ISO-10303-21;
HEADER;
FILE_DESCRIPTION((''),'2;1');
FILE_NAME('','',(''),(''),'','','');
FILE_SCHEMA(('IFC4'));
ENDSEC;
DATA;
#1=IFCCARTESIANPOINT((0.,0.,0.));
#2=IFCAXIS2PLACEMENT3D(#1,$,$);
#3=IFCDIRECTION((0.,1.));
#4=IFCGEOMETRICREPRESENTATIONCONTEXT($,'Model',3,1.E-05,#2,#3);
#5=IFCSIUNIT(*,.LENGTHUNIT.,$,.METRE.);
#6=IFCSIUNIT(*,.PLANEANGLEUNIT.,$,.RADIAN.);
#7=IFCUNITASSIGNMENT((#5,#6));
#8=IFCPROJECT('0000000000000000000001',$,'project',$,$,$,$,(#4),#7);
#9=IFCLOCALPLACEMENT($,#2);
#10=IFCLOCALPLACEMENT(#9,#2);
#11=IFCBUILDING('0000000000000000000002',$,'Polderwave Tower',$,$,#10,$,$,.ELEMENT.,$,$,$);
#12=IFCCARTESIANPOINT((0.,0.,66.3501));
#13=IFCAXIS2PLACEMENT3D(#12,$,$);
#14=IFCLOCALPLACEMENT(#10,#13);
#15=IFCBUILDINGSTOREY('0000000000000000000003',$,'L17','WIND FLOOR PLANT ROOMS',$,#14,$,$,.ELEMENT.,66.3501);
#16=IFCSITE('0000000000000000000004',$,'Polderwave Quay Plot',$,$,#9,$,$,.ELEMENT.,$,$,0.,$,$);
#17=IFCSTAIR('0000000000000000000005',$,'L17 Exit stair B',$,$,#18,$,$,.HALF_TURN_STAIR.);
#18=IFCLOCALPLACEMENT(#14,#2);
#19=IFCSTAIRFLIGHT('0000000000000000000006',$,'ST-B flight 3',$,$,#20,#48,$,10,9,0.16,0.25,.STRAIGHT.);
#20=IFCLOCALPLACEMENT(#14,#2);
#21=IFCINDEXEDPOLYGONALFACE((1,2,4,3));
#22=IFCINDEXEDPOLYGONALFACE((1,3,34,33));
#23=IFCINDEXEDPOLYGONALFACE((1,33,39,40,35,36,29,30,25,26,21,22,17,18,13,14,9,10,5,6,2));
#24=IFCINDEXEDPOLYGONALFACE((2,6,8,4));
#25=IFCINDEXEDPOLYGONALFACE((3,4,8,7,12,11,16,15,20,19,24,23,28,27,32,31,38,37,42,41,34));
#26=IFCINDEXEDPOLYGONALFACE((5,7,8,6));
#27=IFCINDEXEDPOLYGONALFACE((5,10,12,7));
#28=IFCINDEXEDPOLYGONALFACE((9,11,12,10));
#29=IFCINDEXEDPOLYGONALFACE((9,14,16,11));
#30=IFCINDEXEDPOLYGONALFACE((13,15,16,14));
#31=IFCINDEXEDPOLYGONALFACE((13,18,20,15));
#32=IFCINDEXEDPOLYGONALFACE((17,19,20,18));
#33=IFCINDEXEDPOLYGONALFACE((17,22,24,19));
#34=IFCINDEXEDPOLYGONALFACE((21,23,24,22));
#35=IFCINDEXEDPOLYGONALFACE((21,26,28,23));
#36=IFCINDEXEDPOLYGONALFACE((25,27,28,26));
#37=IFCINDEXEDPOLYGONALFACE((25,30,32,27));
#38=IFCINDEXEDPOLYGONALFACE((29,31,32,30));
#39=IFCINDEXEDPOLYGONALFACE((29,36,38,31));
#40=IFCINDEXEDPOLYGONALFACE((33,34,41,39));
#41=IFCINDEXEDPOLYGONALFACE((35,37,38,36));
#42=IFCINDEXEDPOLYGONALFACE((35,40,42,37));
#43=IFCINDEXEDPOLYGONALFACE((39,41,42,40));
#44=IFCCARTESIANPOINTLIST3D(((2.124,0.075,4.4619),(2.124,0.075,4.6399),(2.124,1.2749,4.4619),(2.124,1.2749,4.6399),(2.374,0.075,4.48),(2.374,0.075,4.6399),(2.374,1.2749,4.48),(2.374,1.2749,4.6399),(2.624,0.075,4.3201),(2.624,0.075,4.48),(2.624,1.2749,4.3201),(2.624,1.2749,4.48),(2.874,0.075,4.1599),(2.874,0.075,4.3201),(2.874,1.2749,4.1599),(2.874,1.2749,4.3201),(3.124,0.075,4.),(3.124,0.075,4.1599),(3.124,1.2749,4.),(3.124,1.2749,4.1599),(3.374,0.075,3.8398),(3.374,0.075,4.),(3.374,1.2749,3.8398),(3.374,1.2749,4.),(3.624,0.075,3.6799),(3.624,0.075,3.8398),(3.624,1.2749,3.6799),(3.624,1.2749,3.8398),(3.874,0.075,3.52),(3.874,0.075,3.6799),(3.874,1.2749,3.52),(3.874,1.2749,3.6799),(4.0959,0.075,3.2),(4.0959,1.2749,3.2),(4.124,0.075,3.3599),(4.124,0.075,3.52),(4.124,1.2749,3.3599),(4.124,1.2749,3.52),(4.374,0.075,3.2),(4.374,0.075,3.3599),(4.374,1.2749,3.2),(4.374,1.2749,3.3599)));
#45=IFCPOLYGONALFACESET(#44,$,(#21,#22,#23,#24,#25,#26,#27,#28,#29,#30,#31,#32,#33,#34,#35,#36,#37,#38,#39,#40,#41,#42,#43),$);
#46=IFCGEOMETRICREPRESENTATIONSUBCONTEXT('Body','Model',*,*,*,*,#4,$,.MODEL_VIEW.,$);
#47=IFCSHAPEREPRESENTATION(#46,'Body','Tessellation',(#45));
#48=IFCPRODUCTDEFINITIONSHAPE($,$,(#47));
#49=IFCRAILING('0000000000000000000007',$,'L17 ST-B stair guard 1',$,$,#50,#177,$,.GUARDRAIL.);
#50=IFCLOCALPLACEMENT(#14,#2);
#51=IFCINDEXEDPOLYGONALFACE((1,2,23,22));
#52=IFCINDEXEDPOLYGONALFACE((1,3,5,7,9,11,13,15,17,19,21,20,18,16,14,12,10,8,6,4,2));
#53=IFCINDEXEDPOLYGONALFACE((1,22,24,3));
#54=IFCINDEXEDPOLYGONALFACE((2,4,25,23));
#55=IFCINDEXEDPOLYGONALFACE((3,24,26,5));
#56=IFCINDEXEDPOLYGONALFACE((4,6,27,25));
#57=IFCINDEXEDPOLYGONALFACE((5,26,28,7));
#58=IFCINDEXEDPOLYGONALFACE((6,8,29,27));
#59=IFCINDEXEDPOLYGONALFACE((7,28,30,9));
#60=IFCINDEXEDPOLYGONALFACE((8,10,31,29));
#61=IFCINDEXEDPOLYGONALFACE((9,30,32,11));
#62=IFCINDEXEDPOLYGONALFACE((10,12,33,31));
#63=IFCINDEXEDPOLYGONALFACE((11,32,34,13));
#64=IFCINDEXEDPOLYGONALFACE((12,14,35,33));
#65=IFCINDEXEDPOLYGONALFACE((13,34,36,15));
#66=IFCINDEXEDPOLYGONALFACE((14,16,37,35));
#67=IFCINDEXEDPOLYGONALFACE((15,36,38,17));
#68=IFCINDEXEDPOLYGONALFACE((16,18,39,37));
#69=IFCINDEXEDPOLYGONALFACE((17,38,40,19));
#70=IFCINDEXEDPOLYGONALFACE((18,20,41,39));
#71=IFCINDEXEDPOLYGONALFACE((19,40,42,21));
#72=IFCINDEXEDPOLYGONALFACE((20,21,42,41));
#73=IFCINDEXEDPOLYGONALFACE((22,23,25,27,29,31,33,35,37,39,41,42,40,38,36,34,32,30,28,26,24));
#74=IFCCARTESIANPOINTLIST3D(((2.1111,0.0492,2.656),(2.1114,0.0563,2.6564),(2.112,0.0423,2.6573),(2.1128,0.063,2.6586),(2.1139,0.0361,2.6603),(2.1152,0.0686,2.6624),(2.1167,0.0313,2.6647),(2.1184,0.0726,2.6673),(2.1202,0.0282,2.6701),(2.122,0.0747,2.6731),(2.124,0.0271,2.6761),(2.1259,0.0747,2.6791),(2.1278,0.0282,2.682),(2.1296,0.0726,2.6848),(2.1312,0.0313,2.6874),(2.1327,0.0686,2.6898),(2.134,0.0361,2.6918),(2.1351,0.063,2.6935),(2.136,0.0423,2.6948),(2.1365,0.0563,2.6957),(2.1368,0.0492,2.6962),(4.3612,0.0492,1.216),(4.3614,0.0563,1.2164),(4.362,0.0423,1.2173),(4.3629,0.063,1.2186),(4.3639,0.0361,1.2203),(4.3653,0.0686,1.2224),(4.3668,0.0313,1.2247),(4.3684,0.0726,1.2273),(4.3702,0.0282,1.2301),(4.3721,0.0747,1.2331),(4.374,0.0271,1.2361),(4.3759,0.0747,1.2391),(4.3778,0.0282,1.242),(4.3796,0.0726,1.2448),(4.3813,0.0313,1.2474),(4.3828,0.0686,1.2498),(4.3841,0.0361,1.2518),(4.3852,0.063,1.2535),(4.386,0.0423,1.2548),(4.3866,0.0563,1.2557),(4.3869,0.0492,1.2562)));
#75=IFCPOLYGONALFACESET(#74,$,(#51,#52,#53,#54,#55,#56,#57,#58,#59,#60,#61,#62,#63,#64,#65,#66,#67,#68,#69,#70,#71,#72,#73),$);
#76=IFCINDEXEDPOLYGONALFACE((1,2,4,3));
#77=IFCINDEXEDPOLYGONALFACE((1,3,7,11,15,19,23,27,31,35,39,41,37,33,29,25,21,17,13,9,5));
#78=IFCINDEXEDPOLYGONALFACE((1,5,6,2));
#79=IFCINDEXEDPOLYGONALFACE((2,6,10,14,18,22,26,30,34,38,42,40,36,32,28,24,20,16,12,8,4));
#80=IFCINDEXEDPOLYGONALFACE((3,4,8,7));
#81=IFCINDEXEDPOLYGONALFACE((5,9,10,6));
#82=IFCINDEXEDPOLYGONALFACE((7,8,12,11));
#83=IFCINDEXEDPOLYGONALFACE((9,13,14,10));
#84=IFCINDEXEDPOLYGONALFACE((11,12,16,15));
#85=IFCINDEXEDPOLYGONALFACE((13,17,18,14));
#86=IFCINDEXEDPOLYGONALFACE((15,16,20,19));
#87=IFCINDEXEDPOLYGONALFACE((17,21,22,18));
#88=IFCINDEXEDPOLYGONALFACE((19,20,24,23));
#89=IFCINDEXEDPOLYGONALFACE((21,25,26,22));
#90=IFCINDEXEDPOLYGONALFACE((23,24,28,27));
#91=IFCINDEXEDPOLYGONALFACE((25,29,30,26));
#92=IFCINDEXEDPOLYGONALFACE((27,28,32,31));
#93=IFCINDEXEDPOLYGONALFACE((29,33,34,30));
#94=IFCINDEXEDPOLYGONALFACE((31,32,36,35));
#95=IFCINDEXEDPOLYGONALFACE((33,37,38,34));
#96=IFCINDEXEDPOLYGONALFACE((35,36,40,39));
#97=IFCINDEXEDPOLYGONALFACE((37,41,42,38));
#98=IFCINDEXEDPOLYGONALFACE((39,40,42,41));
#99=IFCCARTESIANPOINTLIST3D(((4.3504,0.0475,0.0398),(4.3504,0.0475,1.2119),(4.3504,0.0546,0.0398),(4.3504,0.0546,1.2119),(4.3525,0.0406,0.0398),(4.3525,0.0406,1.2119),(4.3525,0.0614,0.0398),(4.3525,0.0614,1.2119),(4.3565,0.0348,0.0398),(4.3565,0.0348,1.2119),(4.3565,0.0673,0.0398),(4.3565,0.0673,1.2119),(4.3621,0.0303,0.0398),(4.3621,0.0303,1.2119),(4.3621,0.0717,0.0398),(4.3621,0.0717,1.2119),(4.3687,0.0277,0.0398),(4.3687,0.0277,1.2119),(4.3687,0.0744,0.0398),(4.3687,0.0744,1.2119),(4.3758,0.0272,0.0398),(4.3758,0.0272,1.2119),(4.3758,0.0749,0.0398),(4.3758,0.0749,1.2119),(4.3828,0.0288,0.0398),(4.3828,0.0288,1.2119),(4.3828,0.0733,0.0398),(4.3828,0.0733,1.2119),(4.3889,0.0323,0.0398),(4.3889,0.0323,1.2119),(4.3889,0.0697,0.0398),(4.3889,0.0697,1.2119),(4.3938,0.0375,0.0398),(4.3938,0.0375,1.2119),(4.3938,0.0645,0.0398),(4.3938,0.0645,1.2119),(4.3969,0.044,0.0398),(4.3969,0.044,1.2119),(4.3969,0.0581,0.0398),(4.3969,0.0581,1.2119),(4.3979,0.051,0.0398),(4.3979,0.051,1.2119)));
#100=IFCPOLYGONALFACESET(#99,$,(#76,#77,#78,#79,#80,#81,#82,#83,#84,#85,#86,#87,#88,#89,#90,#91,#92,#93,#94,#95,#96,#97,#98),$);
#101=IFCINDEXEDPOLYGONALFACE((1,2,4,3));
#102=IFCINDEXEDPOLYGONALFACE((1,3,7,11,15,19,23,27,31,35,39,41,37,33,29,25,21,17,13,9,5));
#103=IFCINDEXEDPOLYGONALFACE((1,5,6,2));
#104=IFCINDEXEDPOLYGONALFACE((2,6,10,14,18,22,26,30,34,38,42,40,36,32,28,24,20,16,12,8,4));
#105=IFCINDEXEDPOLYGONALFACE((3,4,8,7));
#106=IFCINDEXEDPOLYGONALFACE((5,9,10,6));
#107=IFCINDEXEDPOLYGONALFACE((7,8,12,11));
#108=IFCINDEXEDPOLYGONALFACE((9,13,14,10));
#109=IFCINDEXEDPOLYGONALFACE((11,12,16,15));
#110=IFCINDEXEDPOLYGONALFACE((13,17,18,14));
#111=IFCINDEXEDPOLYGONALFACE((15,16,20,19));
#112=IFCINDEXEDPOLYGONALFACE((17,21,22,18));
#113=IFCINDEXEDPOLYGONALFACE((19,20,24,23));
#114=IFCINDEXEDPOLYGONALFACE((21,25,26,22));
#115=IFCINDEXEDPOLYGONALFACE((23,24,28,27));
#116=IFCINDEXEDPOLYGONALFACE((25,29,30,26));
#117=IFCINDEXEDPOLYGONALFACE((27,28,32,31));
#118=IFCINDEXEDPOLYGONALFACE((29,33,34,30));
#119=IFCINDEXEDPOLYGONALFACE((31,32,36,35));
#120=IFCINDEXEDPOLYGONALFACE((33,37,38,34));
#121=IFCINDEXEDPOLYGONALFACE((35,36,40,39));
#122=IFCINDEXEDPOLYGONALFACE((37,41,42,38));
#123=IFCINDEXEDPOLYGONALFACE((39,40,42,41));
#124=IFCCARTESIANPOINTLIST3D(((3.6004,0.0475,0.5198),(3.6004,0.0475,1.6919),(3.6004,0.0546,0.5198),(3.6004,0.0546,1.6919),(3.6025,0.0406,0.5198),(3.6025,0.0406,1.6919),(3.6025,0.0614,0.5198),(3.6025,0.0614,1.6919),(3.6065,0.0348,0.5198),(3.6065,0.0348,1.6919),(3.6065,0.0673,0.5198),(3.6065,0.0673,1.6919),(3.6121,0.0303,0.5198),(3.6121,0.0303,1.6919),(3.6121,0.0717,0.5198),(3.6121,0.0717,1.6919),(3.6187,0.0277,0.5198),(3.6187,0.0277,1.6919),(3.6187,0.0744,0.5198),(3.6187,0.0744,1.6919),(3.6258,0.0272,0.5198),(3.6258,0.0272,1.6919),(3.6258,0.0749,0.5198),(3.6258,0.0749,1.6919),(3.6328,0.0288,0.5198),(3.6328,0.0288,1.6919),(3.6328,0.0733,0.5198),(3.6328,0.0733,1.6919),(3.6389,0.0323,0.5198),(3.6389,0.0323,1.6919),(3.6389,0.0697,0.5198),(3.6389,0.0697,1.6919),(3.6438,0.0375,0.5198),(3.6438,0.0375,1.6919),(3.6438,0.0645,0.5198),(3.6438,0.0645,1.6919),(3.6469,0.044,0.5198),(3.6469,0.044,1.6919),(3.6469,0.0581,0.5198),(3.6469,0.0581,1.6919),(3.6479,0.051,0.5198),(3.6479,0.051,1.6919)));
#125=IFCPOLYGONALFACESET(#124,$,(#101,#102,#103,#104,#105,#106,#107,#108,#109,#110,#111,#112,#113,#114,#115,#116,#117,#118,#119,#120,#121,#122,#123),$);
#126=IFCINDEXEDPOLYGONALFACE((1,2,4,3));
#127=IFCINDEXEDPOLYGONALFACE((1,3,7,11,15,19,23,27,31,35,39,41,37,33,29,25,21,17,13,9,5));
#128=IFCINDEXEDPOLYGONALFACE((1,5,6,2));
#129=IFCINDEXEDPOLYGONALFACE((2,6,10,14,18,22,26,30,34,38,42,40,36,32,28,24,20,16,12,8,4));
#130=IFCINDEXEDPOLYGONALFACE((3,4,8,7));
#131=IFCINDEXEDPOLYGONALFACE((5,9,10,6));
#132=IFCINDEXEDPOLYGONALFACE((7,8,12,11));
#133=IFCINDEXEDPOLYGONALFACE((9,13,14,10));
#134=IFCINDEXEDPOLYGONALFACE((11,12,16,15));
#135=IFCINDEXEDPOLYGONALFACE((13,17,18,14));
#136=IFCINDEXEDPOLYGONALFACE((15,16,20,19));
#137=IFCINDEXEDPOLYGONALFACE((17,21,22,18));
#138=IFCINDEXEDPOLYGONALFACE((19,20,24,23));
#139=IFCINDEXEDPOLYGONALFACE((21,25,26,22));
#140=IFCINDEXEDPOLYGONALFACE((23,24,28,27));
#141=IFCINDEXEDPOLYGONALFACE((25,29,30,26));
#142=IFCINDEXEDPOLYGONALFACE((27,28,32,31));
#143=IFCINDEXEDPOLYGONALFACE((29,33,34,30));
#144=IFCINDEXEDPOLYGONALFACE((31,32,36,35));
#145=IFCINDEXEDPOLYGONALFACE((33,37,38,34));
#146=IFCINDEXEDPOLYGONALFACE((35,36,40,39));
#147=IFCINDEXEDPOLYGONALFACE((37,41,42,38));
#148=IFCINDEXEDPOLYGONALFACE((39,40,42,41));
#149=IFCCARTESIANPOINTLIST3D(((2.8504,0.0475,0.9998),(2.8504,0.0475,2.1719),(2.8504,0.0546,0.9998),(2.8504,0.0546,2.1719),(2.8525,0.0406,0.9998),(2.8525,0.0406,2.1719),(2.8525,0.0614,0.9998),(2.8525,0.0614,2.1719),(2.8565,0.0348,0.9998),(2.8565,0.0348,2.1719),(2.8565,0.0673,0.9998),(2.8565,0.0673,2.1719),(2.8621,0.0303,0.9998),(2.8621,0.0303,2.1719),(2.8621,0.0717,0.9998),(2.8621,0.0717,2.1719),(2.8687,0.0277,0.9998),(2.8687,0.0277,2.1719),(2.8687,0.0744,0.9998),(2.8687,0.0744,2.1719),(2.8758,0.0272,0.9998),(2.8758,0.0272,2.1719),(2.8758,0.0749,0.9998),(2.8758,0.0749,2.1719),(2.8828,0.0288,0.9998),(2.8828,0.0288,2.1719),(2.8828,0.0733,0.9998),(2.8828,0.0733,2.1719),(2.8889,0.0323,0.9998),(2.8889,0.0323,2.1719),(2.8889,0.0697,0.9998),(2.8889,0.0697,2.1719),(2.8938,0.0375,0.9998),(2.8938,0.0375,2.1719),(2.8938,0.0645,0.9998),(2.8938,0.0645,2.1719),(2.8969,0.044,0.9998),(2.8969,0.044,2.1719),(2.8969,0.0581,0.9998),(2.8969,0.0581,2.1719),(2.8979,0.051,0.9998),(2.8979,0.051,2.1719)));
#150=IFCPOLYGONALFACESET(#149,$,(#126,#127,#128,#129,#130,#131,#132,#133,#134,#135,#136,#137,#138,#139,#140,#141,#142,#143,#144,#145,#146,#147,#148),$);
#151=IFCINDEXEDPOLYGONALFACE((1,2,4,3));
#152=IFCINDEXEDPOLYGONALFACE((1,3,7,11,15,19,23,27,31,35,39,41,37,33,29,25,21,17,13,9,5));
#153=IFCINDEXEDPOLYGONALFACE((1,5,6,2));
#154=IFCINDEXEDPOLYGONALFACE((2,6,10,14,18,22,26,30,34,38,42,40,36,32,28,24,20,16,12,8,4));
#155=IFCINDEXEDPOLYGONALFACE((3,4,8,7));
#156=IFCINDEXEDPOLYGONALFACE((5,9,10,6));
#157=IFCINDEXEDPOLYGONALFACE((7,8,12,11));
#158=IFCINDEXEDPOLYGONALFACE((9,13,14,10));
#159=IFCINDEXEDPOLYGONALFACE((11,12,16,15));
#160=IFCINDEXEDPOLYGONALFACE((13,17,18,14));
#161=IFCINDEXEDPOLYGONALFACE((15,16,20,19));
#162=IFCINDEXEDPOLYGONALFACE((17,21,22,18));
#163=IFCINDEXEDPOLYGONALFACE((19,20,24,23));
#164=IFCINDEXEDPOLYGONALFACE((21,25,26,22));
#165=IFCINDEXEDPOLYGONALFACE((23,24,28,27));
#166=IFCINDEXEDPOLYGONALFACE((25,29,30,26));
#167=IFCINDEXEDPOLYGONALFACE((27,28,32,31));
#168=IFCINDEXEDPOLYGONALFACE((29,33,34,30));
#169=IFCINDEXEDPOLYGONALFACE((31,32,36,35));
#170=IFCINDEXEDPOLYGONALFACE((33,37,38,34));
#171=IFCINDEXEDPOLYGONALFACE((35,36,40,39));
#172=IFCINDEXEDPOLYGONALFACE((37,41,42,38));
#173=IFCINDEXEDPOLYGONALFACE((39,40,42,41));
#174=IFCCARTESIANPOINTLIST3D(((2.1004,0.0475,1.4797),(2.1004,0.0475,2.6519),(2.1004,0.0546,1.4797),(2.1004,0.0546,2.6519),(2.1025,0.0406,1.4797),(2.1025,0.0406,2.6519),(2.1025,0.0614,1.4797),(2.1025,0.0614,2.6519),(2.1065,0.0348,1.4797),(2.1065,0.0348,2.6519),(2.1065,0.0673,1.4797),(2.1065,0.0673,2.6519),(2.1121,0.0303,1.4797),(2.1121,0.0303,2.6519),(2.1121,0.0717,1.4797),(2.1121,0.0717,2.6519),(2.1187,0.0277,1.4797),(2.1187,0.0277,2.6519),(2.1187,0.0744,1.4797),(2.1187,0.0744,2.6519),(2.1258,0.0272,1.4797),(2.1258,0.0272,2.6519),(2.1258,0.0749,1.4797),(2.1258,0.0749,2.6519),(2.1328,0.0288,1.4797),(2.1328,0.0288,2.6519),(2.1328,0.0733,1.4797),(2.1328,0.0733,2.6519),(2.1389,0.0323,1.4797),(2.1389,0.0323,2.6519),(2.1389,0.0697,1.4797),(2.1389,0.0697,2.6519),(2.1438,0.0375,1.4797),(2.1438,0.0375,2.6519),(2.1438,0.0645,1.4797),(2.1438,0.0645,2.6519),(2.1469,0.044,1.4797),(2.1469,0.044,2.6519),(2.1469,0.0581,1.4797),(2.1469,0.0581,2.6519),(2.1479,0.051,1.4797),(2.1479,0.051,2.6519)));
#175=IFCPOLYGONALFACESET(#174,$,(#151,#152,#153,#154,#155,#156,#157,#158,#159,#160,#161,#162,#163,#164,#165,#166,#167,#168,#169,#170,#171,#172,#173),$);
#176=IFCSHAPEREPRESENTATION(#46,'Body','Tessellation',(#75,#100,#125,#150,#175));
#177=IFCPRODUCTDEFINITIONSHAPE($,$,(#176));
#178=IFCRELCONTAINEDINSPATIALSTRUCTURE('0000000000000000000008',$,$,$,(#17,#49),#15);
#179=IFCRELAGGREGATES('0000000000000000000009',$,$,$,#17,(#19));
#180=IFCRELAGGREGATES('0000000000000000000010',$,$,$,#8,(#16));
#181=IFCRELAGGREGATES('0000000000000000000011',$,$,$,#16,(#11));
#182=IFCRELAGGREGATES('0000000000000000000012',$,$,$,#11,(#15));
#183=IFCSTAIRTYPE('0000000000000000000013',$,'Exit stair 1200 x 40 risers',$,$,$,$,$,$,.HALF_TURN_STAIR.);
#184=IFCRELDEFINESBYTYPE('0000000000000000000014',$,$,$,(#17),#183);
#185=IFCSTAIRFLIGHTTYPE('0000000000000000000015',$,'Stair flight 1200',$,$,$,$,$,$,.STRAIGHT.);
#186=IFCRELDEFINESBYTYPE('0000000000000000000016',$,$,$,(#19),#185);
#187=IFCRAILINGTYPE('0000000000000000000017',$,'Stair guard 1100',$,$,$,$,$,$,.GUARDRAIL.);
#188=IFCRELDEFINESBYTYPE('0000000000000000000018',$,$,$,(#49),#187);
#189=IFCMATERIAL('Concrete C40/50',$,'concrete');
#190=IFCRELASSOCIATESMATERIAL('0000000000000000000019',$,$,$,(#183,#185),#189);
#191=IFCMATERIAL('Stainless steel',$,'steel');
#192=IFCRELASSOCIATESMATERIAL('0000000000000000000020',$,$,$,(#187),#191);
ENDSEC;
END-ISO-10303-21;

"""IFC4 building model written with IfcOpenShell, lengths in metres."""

from ifc_helpers import new_model, si_unit, direction, frame, origin, origin_2d, place, context, subcontext, project, spatial, polyline, circle, outline, extrude, material, type_object, element, aggregate, save


model = new_model("IFC4")

# Units and contexts
model_context = context("Model", 3, precision=1e-05, world=origin(), true_north=direction((0.0, 1.0)))
body_context = subcontext(model_context, "Body", "Model", "MODEL_VIEW")
ifc_project = project(units=[si_unit("LENGTHUNIT", "METRE"), si_unit("PLANEANGLEUNIT", "RADIAN")], contexts=[model_context])

# Site, building, storey
site_placement = place(None, origin())
site = spatial("IfcSite", under=ifc_project, at=site_placement, Name="Polderwave Quay Plot", CompositionType="ELEMENT", RefElevation=0.0)
building_placement = place(site_placement, origin())
building = spatial("IfcBuilding", under=site, at=building_placement, Name="Polderwave Tower", CompositionType="ELEMENT")
storey_placement = place(building_placement, frame((0.0, 0.0, 66.3501)))
storey = spatial("IfcBuildingStorey", under=building, at=storey_placement, Name="L17", Description="WIND FLOOR PLANT ROOMS", CompositionType="ELEMENT", Elevation=66.3501)

# Stair, stair flight
ifc_material_1 = material(Name="Concrete C40/50", Category="concrete")
stair_type = type_object("IfcStairType", Name="Exit stair 1200 x 40 risers", PredefinedType="HALF_TURN_STAIR", material=ifc_material_1)
stair_placement = place(storey_placement, origin())
stair = element("IfcStair", 1, at=stair_placement, inside=storey, type_object=stair_type, Name="L17 Exit stair B", PredefinedType="HALF_TURN_STAIR")
stair_flight_type = type_object("IfcStairFlightType", Name="Stair flight 1200", PredefinedType="STRAIGHT", material=ifc_material_1)
stair_flight_1_placement = place(storey_placement, frame((4.374, 0.675, 3.2), z_axis=(0.0, 0.0, 1.0), x_axis=(-1.0, 0.0, 0.0)))
stair_flight_1 = element("IfcStairFlight", 2, at=stair_flight_1_placement, type_object=stair_flight_type, Name="ST-B flight 3", NumberOfRisers=10, NumberOfTreads=9, PredefinedType="STRAIGHT", RiserHeight=0.16, TreadLength=0.25, context=body_context, shape_type="SweptSolid", body=[
    extrude(outline(polyline([(0.0, 0.0), (0.0, 0.1599), (0.25, 0.1599), (0.25, 0.3201), (0.5, 0.3201), (0.5, 0.48), (0.75, 0.48), (0.75, 0.6399), (1.0, 0.6399), (1.0, 0.8), (1.25, 0.8), (1.25, 0.96), (1.5, 0.96), (1.5, 1.1201), (1.75, 1.1201), (1.75, 1.28), (2.0, 1.28), (2.0, 1.4399), (2.25, 1.4399), (2.25, 1.6001), (2.25, 1.262), (0.2781, 0.0), (0.0, 0.0)])), frame((0.0, 0.6001, 0.0), z_axis=(0.0, -1.0, 0.0), x_axis=(1.0, 0.0, 0.0)), (0.0, 0.0, 1.0), 1.2),
])
aggregate(stair, [stair_flight_1])

# Railing
ifc_material_2 = material(Name="Stainless steel", Category="steel")
railing_type_1 = type_object("IfcRailingType", Name="Stair guard 1100", PredefinedType="GUARDRAIL", material=ifc_material_2)
railing_1_placement = place(storey_placement, frame((4.374, 0.051, 0.0398)))
element("IfcRailing", 3, at=railing_1_placement, inside=storey, type_object=railing_type_1, Name="L17 ST-B stair guard 1", PredefinedType="GUARDRAIL", context=body_context, shape_type="SweptSolid", body=[
    extrude(circle(Radius=0.0239, at=origin_2d()), frame((0.0, 0.0, 1.1963), z_axis=(-0.842281, 0.0, 0.539038), x_axis=(0.0, -1.0, 0.0)), (0.0, 0.0, 1.0), 2.6714),
    extrude(circle(Radius=0.0239, at=origin_2d()), origin(), (0.0, 0.0, 1.0), 1.1721),
    extrude(circle(Radius=0.0239, at=origin_2d()), frame((-0.75, 0.0, 0.48)), (0.0, 0.0, 1.0), 1.1721),
    extrude(circle(Radius=0.0239, at=origin_2d()), frame((-1.5, 0.0, 0.96)), (0.0, 0.0, 1.0), 1.1721),
    extrude(circle(Radius=0.0239, at=origin_2d()), frame((-2.25, 0.0, 1.4399)), (0.0, 0.0, 1.0), 1.1721),
])

save(model, "model.ifc")
